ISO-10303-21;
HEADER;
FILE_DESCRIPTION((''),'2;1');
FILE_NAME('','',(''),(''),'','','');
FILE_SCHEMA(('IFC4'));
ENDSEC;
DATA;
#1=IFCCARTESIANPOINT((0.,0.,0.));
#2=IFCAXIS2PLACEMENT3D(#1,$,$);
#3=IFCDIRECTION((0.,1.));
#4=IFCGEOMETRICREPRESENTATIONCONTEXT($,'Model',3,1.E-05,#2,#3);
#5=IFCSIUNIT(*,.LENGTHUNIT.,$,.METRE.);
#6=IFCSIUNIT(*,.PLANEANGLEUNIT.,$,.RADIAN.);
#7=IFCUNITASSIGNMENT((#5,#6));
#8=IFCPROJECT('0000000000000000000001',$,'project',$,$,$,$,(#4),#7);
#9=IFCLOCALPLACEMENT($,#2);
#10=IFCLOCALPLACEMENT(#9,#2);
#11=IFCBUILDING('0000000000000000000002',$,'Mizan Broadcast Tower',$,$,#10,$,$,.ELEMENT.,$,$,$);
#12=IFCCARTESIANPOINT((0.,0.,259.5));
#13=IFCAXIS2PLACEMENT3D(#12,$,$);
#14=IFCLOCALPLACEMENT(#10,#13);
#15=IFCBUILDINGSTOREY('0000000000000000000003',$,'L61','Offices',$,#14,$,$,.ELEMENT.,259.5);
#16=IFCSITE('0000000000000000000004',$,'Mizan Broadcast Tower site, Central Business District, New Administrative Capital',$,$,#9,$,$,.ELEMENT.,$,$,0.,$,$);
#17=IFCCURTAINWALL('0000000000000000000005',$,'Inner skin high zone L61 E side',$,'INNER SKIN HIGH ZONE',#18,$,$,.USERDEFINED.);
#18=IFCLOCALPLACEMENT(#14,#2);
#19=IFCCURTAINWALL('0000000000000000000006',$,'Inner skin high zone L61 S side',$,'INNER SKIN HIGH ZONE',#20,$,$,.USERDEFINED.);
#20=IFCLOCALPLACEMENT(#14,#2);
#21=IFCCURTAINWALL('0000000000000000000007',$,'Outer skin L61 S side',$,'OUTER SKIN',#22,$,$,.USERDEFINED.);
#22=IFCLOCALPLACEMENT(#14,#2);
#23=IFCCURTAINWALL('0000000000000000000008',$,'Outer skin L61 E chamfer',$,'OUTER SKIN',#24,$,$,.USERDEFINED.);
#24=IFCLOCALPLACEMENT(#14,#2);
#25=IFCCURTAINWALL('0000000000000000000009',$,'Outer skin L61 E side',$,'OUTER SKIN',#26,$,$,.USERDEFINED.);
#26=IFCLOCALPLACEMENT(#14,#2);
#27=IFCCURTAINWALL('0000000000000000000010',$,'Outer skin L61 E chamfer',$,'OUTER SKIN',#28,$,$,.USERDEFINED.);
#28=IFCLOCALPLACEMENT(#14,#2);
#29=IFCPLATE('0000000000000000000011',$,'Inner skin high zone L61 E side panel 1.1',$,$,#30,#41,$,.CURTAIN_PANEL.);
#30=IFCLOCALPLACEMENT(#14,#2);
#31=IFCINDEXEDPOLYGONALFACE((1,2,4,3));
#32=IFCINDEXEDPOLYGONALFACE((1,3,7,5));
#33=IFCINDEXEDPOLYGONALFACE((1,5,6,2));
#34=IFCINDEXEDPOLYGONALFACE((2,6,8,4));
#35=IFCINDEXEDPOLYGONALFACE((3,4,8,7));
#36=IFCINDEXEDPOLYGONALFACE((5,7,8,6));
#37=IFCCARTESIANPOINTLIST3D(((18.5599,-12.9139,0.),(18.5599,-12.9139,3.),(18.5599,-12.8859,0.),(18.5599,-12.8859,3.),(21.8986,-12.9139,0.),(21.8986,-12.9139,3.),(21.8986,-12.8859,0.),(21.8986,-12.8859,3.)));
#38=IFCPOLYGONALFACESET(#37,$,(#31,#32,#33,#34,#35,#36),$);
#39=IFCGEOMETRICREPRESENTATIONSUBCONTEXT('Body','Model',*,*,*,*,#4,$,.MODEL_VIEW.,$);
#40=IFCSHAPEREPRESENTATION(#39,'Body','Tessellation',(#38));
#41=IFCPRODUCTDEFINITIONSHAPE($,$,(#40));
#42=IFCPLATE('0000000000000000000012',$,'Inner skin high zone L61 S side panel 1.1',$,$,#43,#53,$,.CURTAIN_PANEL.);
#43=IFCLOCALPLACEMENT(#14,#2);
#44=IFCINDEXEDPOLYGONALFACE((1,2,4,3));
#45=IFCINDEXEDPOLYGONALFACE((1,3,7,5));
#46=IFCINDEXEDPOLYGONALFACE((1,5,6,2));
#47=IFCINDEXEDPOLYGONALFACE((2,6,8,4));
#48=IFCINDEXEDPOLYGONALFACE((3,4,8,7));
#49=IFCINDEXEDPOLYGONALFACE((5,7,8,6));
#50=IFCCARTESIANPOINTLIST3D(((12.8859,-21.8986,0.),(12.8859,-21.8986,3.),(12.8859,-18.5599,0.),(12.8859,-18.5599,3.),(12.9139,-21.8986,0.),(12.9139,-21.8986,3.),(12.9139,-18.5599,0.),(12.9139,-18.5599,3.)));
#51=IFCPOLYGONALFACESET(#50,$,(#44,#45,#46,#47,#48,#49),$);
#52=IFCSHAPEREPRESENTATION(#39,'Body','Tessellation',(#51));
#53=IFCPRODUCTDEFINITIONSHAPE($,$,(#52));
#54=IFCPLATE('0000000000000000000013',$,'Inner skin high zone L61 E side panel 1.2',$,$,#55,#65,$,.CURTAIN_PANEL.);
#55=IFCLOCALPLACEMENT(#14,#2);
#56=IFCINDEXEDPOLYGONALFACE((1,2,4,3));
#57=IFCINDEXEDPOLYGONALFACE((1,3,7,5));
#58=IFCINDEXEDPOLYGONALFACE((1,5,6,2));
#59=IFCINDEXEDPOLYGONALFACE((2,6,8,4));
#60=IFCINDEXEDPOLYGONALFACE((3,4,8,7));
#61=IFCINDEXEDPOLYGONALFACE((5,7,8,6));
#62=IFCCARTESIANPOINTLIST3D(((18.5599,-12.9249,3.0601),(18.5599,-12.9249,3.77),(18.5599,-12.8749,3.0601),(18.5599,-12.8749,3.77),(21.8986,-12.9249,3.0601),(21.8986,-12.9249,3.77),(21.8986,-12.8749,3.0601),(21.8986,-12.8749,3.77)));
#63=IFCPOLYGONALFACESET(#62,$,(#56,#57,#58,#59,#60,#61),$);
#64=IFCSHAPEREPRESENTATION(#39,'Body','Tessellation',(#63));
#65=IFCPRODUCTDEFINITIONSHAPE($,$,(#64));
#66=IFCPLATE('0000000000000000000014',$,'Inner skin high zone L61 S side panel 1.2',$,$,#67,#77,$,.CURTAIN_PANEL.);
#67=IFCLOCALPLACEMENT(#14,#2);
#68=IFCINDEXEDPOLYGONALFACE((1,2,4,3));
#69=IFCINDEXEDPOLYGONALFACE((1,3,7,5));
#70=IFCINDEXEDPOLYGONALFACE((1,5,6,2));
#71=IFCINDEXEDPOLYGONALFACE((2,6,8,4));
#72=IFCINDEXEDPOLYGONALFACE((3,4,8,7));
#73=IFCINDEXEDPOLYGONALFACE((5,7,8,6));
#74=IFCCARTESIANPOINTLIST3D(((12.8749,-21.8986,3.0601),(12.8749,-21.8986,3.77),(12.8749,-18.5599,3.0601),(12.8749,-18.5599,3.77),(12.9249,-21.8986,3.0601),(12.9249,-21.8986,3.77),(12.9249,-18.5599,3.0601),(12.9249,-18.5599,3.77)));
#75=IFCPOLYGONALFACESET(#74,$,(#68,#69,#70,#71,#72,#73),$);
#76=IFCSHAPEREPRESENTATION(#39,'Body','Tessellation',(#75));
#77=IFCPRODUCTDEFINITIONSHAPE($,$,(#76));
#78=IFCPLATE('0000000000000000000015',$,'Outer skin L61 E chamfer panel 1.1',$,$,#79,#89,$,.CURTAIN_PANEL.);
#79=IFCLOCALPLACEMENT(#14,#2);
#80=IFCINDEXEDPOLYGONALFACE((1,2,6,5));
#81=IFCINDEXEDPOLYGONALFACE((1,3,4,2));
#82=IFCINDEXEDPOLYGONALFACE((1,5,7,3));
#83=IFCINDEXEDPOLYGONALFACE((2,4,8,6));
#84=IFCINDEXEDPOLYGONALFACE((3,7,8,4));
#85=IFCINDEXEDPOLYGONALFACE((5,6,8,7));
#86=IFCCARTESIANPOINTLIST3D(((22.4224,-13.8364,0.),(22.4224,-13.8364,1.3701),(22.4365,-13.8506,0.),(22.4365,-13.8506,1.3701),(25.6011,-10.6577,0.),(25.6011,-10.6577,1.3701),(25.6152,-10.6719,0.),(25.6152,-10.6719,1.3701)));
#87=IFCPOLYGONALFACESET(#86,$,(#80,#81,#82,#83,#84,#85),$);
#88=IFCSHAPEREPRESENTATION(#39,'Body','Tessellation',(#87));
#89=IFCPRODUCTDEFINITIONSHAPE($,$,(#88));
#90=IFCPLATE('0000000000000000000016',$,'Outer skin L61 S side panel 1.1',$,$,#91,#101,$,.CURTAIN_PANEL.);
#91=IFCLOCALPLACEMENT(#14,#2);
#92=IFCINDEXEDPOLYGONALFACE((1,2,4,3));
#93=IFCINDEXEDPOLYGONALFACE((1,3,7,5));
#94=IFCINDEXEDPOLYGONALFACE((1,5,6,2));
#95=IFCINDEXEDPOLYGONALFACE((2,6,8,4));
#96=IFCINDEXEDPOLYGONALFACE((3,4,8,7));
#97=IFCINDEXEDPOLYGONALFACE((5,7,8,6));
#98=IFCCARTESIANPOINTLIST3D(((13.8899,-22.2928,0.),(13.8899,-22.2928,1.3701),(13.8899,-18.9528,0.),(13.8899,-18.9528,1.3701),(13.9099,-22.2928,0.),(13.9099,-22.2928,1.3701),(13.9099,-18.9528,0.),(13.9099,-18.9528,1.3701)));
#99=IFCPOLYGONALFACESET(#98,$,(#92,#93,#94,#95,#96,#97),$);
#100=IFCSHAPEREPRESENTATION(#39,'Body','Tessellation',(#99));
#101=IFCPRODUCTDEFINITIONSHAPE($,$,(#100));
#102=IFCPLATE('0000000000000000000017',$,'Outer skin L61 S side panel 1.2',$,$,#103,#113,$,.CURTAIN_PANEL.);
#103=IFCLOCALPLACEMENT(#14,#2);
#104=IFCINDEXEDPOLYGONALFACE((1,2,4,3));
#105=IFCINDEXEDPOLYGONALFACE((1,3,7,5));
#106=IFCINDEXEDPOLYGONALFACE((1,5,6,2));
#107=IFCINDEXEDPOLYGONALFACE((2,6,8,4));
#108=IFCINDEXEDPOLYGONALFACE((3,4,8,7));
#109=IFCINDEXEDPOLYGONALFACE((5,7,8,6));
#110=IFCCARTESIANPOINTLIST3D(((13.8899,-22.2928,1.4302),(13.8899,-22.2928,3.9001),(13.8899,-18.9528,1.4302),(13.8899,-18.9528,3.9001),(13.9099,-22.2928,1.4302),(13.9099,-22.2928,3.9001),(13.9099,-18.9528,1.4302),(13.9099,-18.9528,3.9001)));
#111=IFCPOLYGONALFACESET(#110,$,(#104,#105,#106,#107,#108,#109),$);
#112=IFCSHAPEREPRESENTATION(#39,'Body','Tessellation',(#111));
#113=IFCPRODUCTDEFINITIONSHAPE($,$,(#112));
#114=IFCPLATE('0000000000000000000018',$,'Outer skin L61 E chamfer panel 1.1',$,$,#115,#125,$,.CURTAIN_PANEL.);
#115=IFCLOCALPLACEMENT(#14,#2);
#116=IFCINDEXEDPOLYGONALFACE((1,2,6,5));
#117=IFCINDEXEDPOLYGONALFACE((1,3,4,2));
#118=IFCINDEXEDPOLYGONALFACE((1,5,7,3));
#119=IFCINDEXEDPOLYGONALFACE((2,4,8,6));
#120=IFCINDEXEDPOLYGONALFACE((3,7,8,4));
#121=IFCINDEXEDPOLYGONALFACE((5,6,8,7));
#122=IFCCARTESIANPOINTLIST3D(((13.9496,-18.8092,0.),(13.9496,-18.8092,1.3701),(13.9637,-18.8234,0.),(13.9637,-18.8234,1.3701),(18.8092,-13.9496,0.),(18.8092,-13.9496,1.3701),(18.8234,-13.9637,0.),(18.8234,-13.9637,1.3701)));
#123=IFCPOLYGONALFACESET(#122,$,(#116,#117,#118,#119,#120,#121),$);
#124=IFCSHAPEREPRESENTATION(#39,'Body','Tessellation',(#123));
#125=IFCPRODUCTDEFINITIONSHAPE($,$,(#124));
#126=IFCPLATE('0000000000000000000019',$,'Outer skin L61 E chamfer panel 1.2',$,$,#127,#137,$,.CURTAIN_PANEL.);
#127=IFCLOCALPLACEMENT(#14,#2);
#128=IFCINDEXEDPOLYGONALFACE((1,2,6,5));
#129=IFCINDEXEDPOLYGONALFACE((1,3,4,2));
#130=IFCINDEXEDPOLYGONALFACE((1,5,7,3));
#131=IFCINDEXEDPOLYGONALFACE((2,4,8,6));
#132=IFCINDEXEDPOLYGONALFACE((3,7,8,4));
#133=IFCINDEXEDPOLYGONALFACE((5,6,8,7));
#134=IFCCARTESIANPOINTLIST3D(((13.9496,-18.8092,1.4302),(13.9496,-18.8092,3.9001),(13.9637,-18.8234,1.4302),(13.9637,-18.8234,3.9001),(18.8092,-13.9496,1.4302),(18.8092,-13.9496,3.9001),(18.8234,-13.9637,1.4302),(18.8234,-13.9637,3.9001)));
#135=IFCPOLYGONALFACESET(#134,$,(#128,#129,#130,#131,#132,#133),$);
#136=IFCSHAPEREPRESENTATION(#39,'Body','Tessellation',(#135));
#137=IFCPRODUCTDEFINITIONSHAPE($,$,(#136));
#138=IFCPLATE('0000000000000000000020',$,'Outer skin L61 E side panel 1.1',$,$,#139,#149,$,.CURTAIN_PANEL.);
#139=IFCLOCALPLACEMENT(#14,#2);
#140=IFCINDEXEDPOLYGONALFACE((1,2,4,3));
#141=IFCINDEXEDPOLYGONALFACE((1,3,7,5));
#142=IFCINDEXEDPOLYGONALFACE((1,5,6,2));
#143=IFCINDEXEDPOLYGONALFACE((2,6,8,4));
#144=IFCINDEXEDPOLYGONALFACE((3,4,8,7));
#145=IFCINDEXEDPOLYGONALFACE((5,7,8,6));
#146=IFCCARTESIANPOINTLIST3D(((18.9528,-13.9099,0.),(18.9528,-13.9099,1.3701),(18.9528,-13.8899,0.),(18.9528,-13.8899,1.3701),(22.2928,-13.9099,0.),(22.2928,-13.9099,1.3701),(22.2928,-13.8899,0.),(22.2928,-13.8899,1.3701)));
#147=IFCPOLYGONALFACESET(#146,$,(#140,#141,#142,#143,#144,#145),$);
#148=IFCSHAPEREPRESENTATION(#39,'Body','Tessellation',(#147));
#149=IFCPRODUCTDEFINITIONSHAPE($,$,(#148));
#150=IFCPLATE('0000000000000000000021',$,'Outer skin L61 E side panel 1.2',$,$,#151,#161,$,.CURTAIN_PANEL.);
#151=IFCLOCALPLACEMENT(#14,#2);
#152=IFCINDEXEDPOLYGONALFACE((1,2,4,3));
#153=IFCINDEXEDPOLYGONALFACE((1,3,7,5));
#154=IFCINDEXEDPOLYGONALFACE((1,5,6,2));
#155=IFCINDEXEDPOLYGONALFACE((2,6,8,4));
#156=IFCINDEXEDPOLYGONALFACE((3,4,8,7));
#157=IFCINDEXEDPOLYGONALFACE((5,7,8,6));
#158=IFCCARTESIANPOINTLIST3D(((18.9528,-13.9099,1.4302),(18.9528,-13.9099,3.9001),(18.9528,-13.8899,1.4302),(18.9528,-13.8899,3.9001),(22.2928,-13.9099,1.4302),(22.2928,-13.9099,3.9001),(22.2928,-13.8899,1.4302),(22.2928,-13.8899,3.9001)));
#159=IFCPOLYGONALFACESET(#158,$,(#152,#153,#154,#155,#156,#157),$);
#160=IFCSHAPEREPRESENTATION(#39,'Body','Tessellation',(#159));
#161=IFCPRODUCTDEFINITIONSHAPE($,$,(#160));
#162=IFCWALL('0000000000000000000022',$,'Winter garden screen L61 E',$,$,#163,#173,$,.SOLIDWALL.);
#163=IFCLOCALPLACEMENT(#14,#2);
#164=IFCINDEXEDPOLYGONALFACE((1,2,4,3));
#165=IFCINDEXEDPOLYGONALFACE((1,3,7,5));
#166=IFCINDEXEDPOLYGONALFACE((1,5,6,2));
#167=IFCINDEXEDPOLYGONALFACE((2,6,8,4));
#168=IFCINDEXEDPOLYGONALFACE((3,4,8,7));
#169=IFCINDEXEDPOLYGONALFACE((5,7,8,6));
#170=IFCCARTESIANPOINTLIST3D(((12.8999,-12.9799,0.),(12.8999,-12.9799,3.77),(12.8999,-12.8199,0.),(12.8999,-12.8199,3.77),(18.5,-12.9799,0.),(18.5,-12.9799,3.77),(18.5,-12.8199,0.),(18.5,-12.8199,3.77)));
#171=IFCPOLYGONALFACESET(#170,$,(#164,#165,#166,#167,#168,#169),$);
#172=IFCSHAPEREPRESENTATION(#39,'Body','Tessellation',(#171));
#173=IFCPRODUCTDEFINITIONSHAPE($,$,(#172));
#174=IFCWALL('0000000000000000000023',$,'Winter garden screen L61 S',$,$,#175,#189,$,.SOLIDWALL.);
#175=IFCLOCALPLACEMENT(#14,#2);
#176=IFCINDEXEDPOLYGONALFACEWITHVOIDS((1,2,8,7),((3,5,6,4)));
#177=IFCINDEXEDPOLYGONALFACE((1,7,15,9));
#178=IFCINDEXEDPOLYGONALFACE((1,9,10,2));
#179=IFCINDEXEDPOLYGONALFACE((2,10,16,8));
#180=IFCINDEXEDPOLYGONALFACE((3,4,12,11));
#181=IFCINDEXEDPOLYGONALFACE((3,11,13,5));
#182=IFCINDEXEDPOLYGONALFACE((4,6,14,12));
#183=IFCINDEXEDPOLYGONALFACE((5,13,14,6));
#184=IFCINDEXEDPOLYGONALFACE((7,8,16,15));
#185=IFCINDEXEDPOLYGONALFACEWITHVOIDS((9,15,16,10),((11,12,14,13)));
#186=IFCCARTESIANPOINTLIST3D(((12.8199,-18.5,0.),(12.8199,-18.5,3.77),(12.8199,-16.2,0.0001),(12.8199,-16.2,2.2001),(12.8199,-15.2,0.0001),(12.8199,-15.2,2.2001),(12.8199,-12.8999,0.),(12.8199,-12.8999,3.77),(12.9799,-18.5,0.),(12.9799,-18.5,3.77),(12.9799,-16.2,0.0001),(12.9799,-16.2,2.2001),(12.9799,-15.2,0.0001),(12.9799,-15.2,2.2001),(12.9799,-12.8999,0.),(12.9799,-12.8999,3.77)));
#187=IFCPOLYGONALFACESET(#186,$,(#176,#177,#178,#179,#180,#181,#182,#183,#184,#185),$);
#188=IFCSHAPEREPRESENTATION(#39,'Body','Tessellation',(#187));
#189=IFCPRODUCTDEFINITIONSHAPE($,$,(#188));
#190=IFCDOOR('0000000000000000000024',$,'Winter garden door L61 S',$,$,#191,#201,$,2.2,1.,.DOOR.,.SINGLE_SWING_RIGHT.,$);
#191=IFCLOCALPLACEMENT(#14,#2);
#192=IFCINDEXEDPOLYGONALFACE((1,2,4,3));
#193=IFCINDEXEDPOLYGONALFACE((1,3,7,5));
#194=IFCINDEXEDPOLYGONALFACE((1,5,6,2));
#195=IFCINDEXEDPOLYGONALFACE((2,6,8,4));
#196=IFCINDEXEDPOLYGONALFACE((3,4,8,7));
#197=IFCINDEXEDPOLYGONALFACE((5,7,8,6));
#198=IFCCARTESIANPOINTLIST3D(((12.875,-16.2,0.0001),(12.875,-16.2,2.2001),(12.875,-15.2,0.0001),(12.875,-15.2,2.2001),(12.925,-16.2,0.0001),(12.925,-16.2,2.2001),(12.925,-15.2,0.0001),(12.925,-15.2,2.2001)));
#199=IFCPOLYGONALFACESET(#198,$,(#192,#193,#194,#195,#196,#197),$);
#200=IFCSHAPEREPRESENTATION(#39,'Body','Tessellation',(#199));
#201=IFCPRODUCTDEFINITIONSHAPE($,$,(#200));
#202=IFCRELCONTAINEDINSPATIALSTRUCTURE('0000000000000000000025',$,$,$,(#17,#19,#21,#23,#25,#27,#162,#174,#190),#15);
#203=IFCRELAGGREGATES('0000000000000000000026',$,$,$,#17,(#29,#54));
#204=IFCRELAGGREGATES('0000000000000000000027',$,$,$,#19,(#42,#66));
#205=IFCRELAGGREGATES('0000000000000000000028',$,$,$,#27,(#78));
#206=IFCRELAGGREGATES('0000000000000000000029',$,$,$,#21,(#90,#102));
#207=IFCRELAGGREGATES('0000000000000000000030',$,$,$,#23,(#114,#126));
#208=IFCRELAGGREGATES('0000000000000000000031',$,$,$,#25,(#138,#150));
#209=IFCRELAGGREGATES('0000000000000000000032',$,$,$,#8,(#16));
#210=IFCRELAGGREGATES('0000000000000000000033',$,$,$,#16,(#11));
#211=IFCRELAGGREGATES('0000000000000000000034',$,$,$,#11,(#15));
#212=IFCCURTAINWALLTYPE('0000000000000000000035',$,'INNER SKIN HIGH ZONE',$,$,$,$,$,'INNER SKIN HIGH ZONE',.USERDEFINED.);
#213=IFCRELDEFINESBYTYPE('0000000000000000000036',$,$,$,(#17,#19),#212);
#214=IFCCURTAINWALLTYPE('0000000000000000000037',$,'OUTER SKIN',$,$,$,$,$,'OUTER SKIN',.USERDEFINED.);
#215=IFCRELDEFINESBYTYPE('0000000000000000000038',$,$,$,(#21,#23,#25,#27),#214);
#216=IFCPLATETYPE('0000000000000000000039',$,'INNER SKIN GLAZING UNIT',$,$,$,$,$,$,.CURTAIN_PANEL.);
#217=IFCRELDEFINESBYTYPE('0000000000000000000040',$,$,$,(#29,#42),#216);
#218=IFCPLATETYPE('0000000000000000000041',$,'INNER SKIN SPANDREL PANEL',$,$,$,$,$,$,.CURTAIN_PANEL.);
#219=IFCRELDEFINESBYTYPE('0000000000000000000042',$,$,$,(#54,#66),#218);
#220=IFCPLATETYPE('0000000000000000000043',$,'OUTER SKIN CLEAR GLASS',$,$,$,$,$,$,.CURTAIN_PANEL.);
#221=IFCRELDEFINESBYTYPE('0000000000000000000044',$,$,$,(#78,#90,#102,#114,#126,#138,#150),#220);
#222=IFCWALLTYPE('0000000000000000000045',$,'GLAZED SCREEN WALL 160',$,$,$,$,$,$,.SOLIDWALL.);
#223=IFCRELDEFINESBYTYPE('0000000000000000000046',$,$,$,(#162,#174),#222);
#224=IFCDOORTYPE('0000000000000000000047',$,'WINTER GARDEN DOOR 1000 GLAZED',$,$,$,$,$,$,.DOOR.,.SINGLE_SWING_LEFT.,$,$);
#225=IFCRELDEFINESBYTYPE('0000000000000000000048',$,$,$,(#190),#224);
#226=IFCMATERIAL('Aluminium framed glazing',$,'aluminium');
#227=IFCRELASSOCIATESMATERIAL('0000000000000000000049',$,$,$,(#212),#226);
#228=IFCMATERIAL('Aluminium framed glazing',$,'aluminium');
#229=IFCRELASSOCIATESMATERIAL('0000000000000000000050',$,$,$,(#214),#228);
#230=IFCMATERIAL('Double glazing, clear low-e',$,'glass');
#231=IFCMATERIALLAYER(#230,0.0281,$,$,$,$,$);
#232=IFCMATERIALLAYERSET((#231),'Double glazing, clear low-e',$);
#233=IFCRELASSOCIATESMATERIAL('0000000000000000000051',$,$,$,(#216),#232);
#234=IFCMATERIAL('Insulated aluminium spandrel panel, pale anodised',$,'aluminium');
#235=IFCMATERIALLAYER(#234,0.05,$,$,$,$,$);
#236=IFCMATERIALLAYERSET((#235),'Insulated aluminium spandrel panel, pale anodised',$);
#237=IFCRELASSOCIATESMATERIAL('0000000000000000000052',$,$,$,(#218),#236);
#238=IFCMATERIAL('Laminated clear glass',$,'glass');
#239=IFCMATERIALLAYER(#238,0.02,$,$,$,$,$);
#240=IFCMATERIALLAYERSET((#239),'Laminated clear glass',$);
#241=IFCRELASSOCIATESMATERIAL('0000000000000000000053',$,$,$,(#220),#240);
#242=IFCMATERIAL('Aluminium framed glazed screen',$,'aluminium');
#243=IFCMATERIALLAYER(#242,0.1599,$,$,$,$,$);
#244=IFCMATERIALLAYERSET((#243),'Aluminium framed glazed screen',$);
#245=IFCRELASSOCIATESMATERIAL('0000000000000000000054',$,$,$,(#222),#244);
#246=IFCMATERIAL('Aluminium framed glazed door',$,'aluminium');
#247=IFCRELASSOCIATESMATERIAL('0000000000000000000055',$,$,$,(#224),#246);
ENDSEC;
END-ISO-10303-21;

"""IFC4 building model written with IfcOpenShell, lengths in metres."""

from ifc_helpers import new_model, si_unit, direction, frame, frame_2d, origin, origin_2d, place, context, subcontext, project, spatial, rectangle, extrude, material, layer, layer_set, type_object, element, fill, aggregate, save


model = new_model("IFC4")

# Units and contexts
model_context = context("Model", 3, precision=1e-05, world=origin(), true_north=direction((0.0, 1.0)))
body_context = subcontext(model_context, "Body", "Model", "MODEL_VIEW")
ifc_project = project(units=[si_unit("LENGTHUNIT", "METRE"), si_unit("PLANEANGLEUNIT", "RADIAN")], contexts=[model_context])

# Site, building, storey
site_placement = place(None, origin())
site = spatial("IfcSite", under=ifc_project, at=site_placement, Name="Mizan Broadcast Tower site, Central Business District, New Administrative Capital", CompositionType="ELEMENT", RefElevation=0.0)
building_placement = place(site_placement, origin())
building = spatial("IfcBuilding", under=site, at=building_placement, Name="Mizan Broadcast Tower", CompositionType="ELEMENT")
storey_placement = place(building_placement, frame((0.0, 0.0, 259.5)))
storey = spatial("IfcBuildingStorey", under=building, at=storey_placement, Name="L61", Description="Offices", CompositionType="ELEMENT", Elevation=259.5)

# Curtain walls
ifc_material_1 = material(Name="Aluminium framed glazing", Category="aluminium")
curtain_wall_type_1 = type_object("IfcCurtainWallType", Name="INNER SKIN HIGH ZONE", ElementType="INNER SKIN HIGH ZONE", PredefinedType="USERDEFINED", material=ifc_material_1)
curtain_wall_1_placement = place(storey_placement, origin())
curtain_wall_1 = element("IfcCurtainWall", 1, at=curtain_wall_1_placement, inside=storey, type_object=curtain_wall_type_1, Name="Inner skin high zone L61 E side", ObjectType="INNER SKIN HIGH ZONE", PredefinedType="USERDEFINED")
curtain_wall_2_placement = place(storey_placement, origin())
curtain_wall_2 = element("IfcCurtainWall", 2, at=curtain_wall_2_placement, inside=storey, type_object=curtain_wall_type_1, Name="Inner skin high zone L61 S side", ObjectType="INNER SKIN HIGH ZONE", PredefinedType="USERDEFINED")

# Curtain walls
ifc_material_2 = material(Name="Aluminium framed glazing", Category="aluminium")
curtain_wall_type_2 = type_object("IfcCurtainWallType", Name="OUTER SKIN", ElementType="OUTER SKIN", PredefinedType="USERDEFINED", material=ifc_material_2)
curtain_wall_3_placement = place(storey_placement, origin())
curtain_wall_3 = element("IfcCurtainWall", 3, at=curtain_wall_3_placement, inside=storey, type_object=curtain_wall_type_2, Name="Outer skin L61 S side", ObjectType="OUTER SKIN", PredefinedType="USERDEFINED")
curtain_wall_4_placement = place(storey_placement, origin())
curtain_wall_4 = element("IfcCurtainWall", 4, at=curtain_wall_4_placement, inside=storey, type_object=curtain_wall_type_2, Name="Outer skin L61 E chamfer", ObjectType="OUTER SKIN", PredefinedType="USERDEFINED")
curtain_wall_5_placement = place(storey_placement, origin())
curtain_wall_5 = element("IfcCurtainWall", 5, at=curtain_wall_5_placement, inside=storey, type_object=curtain_wall_type_2, Name="Outer skin L61 E side", ObjectType="OUTER SKIN", PredefinedType="USERDEFINED")
curtain_wall_6_placement = place(storey_placement, origin())
curtain_wall_6 = element("IfcCurtainWall", 6, at=curtain_wall_6_placement, inside=storey, type_object=curtain_wall_type_2, Name="Outer skin L61 E chamfer", ObjectType="OUTER SKIN", PredefinedType="USERDEFINED")

# Plates
ifc_material_3 = material(Name="Double glazing, clear low-e", Category="glass")
ifc_layer_1 = layer(ifc_material_3, 0.0281)
ifc_layer_set_1 = layer_set([ifc_layer_1], Name="Double glazing, clear low-e")
plate_type_1 = type_object("IfcPlateType", Name="INNER SKIN GLAZING UNIT", PredefinedType="CURTAIN_PANEL", material=ifc_layer_set_1)
plate_1_placement = place(storey_placement, frame((20.2292, -12.8999, 0.0), z_axis=(0.0, 0.0, 1.0), x_axis=(1.0, 0.0, 0.0)))
plate_1 = element("IfcPlate", 7, at=plate_1_placement, type_object=plate_type_1, Name="Inner skin high zone L61 E side panel 1.1", PredefinedType="CURTAIN_PANEL", context=body_context, shape_type="SweptSolid", body=[
    extrude(rectangle(XDim=3.3386, YDim=0.0281, at=origin_2d()), origin(), (0.0, 0.0, 1.0), 3.0),
])
plate_2_placement = place(storey_placement, frame((12.8999, -20.2292, 0.0), z_axis=(0.0, 0.0, 1.0), x_axis=(0.0, 1.0, 0.0)))
plate_2 = element("IfcPlate", 8, at=plate_2_placement, type_object=plate_type_1, Name="Inner skin high zone L61 S side panel 1.1", PredefinedType="CURTAIN_PANEL", context=body_context, shape_type="SweptSolid", body=[
    extrude(rectangle(XDim=3.3386, YDim=0.0281, at=origin_2d()), origin(), (0.0, 0.0, 1.0), 3.0),
])
ifc_material_4 = material(Name="Insulated aluminium spandrel panel, pale anodised", Category="aluminium")
ifc_layer_2 = layer(ifc_material_4, 0.05)
ifc_layer_set_2 = layer_set([ifc_layer_2], Name="Insulated aluminium spandrel panel, pale anodised")
plate_type_2 = type_object("IfcPlateType", Name="INNER SKIN SPANDREL PANEL", PredefinedType="CURTAIN_PANEL", material=ifc_layer_set_2)
plate_3_placement = place(storey_placement, frame((20.2292, -12.8999, 3.0601), z_axis=(0.0, 0.0, 1.0), x_axis=(1.0, 0.0, 0.0)))
plate_3 = element("IfcPlate", 9, at=plate_3_placement, type_object=plate_type_2, Name="Inner skin high zone L61 E side panel 1.2", PredefinedType="CURTAIN_PANEL", context=body_context, shape_type="SweptSolid", body=[
    extrude(rectangle(XDim=3.3386, YDim=0.05, at=origin_2d()), origin(), (0.0, 0.0, 1.0), 0.71),
])
aggregate(curtain_wall_1, [plate_1, plate_3])
plate_4_placement = place(storey_placement, frame((12.8999, -20.2292, 3.0601), z_axis=(0.0, 0.0, 1.0), x_axis=(0.0, 1.0, 0.0)))
plate_4 = element("IfcPlate", 10, at=plate_4_placement, type_object=plate_type_2, Name="Inner skin high zone L61 S side panel 1.2", PredefinedType="CURTAIN_PANEL", context=body_context, shape_type="SweptSolid", body=[
    extrude(rectangle(XDim=3.3386, YDim=0.05, at=origin_2d()), origin(), (0.0, 0.0, 1.0), 0.71),
])
aggregate(curtain_wall_2, [plate_2, plate_4])
ifc_material_5 = material(Name="Laminated clear glass", Category="glass")
ifc_layer_3 = layer(ifc_material_5, 0.02)
ifc_layer_set_3 = layer_set([ifc_layer_3], Name="Laminated clear glass")
plate_type_3 = type_object("IfcPlateType", Name="OUTER SKIN CLEAR GLASS", PredefinedType="CURTAIN_PANEL", material=ifc_layer_set_3)
plate_5_placement = place(storey_placement, frame((24.0188, -12.2542, 0.0), z_axis=(0.0, 0.0, 1.0), x_axis=(0.707107, 0.707107, 0.0)))
plate_5 = element("IfcPlate", 11, at=plate_5_placement, type_object=plate_type_3, Name="Outer skin L61 E chamfer panel 1.1", PredefinedType="CURTAIN_PANEL", context=body_context, shape_type="SweptSolid", body=[
    extrude(rectangle(XDim=4.4954, YDim=0.02, at=origin_2d()), origin(), (0.0, 0.0, 1.0), 1.3701),
])
aggregate(curtain_wall_6, [plate_5])
plate_6_placement = place(storey_placement, frame((13.8999, -20.6228, 0.0), z_axis=(0.0, 0.0, 1.0), x_axis=(0.0, 1.0, 0.0)))
plate_6 = element("IfcPlate", 12, at=plate_6_placement, type_object=plate_type_3, Name="Outer skin L61 S side panel 1.1", PredefinedType="CURTAIN_PANEL", context=body_context, shape_type="SweptSolid", body=[
    extrude(rectangle(XDim=3.3401, YDim=0.02, at=origin_2d()), origin(), (0.0, 0.0, 1.0), 1.3701),
])
plate_7_placement = place(storey_placement, frame((13.8999, -20.6228, 1.4302), z_axis=(0.0, 0.0, 1.0), x_axis=(0.0, 1.0, 0.0)))
plate_7 = element("IfcPlate", 13, at=plate_7_placement, type_object=plate_type_3, Name="Outer skin L61 S side panel 1.2", PredefinedType="CURTAIN_PANEL", context=body_context, shape_type="SweptSolid", body=[
    extrude(rectangle(XDim=3.3401, YDim=0.02, at=origin_2d()), origin(), (0.0, 0.0, 1.0), 2.47),
])
aggregate(curtain_wall_3, [plate_6, plate_7])
plate_8_placement = place(storey_placement, frame((16.3865, -16.3865, 0.0), z_axis=(0.0, 0.0, 1.0), x_axis=(0.707107, 0.707107, 0.0)))
plate_8 = element("IfcPlate", 14, at=plate_8_placement, type_object=plate_type_3, Name="Outer skin L61 E chamfer panel 1.1", PredefinedType="CURTAIN_PANEL", context=body_context, shape_type="SweptSolid", body=[
    extrude(rectangle(XDim=6.8726, YDim=0.02, at=origin_2d()), origin(), (0.0, 0.0, 1.0), 1.3701),
])
plate_9_placement = place(storey_placement, frame((16.3865, -16.3865, 1.4302), z_axis=(0.0, 0.0, 1.0), x_axis=(0.707107, 0.707107, 0.0)))
plate_9 = element("IfcPlate", 15, at=plate_9_placement, type_object=plate_type_3, Name="Outer skin L61 E chamfer panel 1.2", PredefinedType="CURTAIN_PANEL", context=body_context, shape_type="SweptSolid", body=[
    extrude(rectangle(XDim=6.8726, YDim=0.02, at=origin_2d()), origin(), (0.0, 0.0, 1.0), 2.47),
])
aggregate(curtain_wall_4, [plate_8, plate_9])
plate_10_placement = place(storey_placement, frame((20.6228, -13.8999, 0.0), z_axis=(0.0, 0.0, 1.0), x_axis=(1.0, 0.0, 0.0)))
plate_10 = element("IfcPlate", 16, at=plate_10_placement, type_object=plate_type_3, Name="Outer skin L61 E side panel 1.1", PredefinedType="CURTAIN_PANEL", context=body_context, shape_type="SweptSolid", body=[
    extrude(rectangle(XDim=3.3401, YDim=0.02, at=origin_2d()), origin(), (0.0, 0.0, 1.0), 1.3701),
])
plate_11_placement = place(storey_placement, frame((20.6228, -13.8999, 1.4302), z_axis=(0.0, 0.0, 1.0), x_axis=(1.0, 0.0, 0.0)))
plate_11 = element("IfcPlate", 17, at=plate_11_placement, type_object=plate_type_3, Name="Outer skin L61 E side panel 1.2", PredefinedType="CURTAIN_PANEL", context=body_context, shape_type="SweptSolid", body=[
    extrude(rectangle(XDim=3.3401, YDim=0.02, at=origin_2d()), origin(), (0.0, 0.0, 1.0), 2.47),
])
aggregate(curtain_wall_5, [plate_10, plate_11])

# Wall
ifc_material_6 = material(Name="Aluminium framed glazed screen", Category="aluminium")
ifc_layer_4 = layer(ifc_material_6, 0.1599)
ifc_layer_set_4 = layer_set([ifc_layer_4], Name="Aluminium framed glazed screen")
wall_type = type_object("IfcWallType", Name="GLAZED SCREEN WALL 160", PredefinedType="SOLIDWALL", material=ifc_layer_set_4)
wall_1_placement = place(storey_placement, frame((12.8999, -12.8999, 0.0), z_axis=(0.0, 0.0, 1.0), x_axis=(1.0, 0.0, 0.0)))
element("IfcWall", 18, at=wall_1_placement, inside=storey, type_object=wall_type, Name="Winter garden screen L61 E", PredefinedType="SOLIDWALL", context=body_context, shape_type="SweptSolid", body=[
    extrude(rectangle(XDim=5.6001, YDim=0.1599, at=frame_2d((2.8, 0.0))), origin(), (0.0, 0.0, 1.0), 3.77),
])

# Wall, opening, door
wall_2_placement = place(storey_placement, frame((12.8999, -18.5, 0.0), z_axis=(0.0, 0.0, 1.0), x_axis=(0.0, 1.0, 0.0)))
wall_2 = element("IfcWall", 19, at=wall_2_placement, inside=storey, type_object=wall_type, Name="Winter garden screen L61 S", PredefinedType="SOLIDWALL", context=body_context, shape_type="SweptSolid", body=[
    extrude(rectangle(XDim=5.6001, YDim=0.1599, at=frame_2d((2.8, 0.0))), origin(), (0.0, 0.0, 1.0), 3.77),
])
opening_placement = place(wall_2_placement, frame((2.3, 0.0, 0.0)))
opening = element("IfcOpeningElement", 20, at=opening_placement, cuts=wall_2, PredefinedType="OPENING", context=body_context, shape_type="SweptSolid", body=[
    extrude(rectangle(XDim=1.0, YDim=2.2, at=frame_2d((0.5, 1.1001))), frame((0.0, 0.0898, 0.0), z_axis=(0.0, -1.0, 0.0), x_axis=(1.0, 0.0, 0.0)), (0.0, 0.0, 1.0), 0.1799),
])
ifc_material_7 = material(Name="Aluminium framed glazed door", Category="aluminium")
door_type = type_object("IfcDoorType", Name="WINTER GARDEN DOOR 1000 GLAZED", OperationType="SINGLE_SWING_LEFT", PredefinedType="DOOR", material=ifc_material_7)
door_placement = place(opening_placement, origin())
door = element("IfcDoor", 21, at=door_placement, inside=storey, type_object=door_type, Name="Winter garden door L61 S", OperationType="SINGLE_SWING_RIGHT", OverallHeight=2.2, OverallWidth=1.0, PredefinedType="DOOR", context=body_context, shape_type="SweptSolid", body=[
    extrude(rectangle(XDim=1.0, YDim=2.2, at=frame_2d((0.5, 1.1001))), frame((0.0, 0.0249, 0.0), z_axis=(0.0, -1.0, 0.0), x_axis=(1.0, 0.0, 0.0)), (0.0, 0.0, 1.0), 0.05),
])
fill(opening, door)

save(model, "model.ifc")
